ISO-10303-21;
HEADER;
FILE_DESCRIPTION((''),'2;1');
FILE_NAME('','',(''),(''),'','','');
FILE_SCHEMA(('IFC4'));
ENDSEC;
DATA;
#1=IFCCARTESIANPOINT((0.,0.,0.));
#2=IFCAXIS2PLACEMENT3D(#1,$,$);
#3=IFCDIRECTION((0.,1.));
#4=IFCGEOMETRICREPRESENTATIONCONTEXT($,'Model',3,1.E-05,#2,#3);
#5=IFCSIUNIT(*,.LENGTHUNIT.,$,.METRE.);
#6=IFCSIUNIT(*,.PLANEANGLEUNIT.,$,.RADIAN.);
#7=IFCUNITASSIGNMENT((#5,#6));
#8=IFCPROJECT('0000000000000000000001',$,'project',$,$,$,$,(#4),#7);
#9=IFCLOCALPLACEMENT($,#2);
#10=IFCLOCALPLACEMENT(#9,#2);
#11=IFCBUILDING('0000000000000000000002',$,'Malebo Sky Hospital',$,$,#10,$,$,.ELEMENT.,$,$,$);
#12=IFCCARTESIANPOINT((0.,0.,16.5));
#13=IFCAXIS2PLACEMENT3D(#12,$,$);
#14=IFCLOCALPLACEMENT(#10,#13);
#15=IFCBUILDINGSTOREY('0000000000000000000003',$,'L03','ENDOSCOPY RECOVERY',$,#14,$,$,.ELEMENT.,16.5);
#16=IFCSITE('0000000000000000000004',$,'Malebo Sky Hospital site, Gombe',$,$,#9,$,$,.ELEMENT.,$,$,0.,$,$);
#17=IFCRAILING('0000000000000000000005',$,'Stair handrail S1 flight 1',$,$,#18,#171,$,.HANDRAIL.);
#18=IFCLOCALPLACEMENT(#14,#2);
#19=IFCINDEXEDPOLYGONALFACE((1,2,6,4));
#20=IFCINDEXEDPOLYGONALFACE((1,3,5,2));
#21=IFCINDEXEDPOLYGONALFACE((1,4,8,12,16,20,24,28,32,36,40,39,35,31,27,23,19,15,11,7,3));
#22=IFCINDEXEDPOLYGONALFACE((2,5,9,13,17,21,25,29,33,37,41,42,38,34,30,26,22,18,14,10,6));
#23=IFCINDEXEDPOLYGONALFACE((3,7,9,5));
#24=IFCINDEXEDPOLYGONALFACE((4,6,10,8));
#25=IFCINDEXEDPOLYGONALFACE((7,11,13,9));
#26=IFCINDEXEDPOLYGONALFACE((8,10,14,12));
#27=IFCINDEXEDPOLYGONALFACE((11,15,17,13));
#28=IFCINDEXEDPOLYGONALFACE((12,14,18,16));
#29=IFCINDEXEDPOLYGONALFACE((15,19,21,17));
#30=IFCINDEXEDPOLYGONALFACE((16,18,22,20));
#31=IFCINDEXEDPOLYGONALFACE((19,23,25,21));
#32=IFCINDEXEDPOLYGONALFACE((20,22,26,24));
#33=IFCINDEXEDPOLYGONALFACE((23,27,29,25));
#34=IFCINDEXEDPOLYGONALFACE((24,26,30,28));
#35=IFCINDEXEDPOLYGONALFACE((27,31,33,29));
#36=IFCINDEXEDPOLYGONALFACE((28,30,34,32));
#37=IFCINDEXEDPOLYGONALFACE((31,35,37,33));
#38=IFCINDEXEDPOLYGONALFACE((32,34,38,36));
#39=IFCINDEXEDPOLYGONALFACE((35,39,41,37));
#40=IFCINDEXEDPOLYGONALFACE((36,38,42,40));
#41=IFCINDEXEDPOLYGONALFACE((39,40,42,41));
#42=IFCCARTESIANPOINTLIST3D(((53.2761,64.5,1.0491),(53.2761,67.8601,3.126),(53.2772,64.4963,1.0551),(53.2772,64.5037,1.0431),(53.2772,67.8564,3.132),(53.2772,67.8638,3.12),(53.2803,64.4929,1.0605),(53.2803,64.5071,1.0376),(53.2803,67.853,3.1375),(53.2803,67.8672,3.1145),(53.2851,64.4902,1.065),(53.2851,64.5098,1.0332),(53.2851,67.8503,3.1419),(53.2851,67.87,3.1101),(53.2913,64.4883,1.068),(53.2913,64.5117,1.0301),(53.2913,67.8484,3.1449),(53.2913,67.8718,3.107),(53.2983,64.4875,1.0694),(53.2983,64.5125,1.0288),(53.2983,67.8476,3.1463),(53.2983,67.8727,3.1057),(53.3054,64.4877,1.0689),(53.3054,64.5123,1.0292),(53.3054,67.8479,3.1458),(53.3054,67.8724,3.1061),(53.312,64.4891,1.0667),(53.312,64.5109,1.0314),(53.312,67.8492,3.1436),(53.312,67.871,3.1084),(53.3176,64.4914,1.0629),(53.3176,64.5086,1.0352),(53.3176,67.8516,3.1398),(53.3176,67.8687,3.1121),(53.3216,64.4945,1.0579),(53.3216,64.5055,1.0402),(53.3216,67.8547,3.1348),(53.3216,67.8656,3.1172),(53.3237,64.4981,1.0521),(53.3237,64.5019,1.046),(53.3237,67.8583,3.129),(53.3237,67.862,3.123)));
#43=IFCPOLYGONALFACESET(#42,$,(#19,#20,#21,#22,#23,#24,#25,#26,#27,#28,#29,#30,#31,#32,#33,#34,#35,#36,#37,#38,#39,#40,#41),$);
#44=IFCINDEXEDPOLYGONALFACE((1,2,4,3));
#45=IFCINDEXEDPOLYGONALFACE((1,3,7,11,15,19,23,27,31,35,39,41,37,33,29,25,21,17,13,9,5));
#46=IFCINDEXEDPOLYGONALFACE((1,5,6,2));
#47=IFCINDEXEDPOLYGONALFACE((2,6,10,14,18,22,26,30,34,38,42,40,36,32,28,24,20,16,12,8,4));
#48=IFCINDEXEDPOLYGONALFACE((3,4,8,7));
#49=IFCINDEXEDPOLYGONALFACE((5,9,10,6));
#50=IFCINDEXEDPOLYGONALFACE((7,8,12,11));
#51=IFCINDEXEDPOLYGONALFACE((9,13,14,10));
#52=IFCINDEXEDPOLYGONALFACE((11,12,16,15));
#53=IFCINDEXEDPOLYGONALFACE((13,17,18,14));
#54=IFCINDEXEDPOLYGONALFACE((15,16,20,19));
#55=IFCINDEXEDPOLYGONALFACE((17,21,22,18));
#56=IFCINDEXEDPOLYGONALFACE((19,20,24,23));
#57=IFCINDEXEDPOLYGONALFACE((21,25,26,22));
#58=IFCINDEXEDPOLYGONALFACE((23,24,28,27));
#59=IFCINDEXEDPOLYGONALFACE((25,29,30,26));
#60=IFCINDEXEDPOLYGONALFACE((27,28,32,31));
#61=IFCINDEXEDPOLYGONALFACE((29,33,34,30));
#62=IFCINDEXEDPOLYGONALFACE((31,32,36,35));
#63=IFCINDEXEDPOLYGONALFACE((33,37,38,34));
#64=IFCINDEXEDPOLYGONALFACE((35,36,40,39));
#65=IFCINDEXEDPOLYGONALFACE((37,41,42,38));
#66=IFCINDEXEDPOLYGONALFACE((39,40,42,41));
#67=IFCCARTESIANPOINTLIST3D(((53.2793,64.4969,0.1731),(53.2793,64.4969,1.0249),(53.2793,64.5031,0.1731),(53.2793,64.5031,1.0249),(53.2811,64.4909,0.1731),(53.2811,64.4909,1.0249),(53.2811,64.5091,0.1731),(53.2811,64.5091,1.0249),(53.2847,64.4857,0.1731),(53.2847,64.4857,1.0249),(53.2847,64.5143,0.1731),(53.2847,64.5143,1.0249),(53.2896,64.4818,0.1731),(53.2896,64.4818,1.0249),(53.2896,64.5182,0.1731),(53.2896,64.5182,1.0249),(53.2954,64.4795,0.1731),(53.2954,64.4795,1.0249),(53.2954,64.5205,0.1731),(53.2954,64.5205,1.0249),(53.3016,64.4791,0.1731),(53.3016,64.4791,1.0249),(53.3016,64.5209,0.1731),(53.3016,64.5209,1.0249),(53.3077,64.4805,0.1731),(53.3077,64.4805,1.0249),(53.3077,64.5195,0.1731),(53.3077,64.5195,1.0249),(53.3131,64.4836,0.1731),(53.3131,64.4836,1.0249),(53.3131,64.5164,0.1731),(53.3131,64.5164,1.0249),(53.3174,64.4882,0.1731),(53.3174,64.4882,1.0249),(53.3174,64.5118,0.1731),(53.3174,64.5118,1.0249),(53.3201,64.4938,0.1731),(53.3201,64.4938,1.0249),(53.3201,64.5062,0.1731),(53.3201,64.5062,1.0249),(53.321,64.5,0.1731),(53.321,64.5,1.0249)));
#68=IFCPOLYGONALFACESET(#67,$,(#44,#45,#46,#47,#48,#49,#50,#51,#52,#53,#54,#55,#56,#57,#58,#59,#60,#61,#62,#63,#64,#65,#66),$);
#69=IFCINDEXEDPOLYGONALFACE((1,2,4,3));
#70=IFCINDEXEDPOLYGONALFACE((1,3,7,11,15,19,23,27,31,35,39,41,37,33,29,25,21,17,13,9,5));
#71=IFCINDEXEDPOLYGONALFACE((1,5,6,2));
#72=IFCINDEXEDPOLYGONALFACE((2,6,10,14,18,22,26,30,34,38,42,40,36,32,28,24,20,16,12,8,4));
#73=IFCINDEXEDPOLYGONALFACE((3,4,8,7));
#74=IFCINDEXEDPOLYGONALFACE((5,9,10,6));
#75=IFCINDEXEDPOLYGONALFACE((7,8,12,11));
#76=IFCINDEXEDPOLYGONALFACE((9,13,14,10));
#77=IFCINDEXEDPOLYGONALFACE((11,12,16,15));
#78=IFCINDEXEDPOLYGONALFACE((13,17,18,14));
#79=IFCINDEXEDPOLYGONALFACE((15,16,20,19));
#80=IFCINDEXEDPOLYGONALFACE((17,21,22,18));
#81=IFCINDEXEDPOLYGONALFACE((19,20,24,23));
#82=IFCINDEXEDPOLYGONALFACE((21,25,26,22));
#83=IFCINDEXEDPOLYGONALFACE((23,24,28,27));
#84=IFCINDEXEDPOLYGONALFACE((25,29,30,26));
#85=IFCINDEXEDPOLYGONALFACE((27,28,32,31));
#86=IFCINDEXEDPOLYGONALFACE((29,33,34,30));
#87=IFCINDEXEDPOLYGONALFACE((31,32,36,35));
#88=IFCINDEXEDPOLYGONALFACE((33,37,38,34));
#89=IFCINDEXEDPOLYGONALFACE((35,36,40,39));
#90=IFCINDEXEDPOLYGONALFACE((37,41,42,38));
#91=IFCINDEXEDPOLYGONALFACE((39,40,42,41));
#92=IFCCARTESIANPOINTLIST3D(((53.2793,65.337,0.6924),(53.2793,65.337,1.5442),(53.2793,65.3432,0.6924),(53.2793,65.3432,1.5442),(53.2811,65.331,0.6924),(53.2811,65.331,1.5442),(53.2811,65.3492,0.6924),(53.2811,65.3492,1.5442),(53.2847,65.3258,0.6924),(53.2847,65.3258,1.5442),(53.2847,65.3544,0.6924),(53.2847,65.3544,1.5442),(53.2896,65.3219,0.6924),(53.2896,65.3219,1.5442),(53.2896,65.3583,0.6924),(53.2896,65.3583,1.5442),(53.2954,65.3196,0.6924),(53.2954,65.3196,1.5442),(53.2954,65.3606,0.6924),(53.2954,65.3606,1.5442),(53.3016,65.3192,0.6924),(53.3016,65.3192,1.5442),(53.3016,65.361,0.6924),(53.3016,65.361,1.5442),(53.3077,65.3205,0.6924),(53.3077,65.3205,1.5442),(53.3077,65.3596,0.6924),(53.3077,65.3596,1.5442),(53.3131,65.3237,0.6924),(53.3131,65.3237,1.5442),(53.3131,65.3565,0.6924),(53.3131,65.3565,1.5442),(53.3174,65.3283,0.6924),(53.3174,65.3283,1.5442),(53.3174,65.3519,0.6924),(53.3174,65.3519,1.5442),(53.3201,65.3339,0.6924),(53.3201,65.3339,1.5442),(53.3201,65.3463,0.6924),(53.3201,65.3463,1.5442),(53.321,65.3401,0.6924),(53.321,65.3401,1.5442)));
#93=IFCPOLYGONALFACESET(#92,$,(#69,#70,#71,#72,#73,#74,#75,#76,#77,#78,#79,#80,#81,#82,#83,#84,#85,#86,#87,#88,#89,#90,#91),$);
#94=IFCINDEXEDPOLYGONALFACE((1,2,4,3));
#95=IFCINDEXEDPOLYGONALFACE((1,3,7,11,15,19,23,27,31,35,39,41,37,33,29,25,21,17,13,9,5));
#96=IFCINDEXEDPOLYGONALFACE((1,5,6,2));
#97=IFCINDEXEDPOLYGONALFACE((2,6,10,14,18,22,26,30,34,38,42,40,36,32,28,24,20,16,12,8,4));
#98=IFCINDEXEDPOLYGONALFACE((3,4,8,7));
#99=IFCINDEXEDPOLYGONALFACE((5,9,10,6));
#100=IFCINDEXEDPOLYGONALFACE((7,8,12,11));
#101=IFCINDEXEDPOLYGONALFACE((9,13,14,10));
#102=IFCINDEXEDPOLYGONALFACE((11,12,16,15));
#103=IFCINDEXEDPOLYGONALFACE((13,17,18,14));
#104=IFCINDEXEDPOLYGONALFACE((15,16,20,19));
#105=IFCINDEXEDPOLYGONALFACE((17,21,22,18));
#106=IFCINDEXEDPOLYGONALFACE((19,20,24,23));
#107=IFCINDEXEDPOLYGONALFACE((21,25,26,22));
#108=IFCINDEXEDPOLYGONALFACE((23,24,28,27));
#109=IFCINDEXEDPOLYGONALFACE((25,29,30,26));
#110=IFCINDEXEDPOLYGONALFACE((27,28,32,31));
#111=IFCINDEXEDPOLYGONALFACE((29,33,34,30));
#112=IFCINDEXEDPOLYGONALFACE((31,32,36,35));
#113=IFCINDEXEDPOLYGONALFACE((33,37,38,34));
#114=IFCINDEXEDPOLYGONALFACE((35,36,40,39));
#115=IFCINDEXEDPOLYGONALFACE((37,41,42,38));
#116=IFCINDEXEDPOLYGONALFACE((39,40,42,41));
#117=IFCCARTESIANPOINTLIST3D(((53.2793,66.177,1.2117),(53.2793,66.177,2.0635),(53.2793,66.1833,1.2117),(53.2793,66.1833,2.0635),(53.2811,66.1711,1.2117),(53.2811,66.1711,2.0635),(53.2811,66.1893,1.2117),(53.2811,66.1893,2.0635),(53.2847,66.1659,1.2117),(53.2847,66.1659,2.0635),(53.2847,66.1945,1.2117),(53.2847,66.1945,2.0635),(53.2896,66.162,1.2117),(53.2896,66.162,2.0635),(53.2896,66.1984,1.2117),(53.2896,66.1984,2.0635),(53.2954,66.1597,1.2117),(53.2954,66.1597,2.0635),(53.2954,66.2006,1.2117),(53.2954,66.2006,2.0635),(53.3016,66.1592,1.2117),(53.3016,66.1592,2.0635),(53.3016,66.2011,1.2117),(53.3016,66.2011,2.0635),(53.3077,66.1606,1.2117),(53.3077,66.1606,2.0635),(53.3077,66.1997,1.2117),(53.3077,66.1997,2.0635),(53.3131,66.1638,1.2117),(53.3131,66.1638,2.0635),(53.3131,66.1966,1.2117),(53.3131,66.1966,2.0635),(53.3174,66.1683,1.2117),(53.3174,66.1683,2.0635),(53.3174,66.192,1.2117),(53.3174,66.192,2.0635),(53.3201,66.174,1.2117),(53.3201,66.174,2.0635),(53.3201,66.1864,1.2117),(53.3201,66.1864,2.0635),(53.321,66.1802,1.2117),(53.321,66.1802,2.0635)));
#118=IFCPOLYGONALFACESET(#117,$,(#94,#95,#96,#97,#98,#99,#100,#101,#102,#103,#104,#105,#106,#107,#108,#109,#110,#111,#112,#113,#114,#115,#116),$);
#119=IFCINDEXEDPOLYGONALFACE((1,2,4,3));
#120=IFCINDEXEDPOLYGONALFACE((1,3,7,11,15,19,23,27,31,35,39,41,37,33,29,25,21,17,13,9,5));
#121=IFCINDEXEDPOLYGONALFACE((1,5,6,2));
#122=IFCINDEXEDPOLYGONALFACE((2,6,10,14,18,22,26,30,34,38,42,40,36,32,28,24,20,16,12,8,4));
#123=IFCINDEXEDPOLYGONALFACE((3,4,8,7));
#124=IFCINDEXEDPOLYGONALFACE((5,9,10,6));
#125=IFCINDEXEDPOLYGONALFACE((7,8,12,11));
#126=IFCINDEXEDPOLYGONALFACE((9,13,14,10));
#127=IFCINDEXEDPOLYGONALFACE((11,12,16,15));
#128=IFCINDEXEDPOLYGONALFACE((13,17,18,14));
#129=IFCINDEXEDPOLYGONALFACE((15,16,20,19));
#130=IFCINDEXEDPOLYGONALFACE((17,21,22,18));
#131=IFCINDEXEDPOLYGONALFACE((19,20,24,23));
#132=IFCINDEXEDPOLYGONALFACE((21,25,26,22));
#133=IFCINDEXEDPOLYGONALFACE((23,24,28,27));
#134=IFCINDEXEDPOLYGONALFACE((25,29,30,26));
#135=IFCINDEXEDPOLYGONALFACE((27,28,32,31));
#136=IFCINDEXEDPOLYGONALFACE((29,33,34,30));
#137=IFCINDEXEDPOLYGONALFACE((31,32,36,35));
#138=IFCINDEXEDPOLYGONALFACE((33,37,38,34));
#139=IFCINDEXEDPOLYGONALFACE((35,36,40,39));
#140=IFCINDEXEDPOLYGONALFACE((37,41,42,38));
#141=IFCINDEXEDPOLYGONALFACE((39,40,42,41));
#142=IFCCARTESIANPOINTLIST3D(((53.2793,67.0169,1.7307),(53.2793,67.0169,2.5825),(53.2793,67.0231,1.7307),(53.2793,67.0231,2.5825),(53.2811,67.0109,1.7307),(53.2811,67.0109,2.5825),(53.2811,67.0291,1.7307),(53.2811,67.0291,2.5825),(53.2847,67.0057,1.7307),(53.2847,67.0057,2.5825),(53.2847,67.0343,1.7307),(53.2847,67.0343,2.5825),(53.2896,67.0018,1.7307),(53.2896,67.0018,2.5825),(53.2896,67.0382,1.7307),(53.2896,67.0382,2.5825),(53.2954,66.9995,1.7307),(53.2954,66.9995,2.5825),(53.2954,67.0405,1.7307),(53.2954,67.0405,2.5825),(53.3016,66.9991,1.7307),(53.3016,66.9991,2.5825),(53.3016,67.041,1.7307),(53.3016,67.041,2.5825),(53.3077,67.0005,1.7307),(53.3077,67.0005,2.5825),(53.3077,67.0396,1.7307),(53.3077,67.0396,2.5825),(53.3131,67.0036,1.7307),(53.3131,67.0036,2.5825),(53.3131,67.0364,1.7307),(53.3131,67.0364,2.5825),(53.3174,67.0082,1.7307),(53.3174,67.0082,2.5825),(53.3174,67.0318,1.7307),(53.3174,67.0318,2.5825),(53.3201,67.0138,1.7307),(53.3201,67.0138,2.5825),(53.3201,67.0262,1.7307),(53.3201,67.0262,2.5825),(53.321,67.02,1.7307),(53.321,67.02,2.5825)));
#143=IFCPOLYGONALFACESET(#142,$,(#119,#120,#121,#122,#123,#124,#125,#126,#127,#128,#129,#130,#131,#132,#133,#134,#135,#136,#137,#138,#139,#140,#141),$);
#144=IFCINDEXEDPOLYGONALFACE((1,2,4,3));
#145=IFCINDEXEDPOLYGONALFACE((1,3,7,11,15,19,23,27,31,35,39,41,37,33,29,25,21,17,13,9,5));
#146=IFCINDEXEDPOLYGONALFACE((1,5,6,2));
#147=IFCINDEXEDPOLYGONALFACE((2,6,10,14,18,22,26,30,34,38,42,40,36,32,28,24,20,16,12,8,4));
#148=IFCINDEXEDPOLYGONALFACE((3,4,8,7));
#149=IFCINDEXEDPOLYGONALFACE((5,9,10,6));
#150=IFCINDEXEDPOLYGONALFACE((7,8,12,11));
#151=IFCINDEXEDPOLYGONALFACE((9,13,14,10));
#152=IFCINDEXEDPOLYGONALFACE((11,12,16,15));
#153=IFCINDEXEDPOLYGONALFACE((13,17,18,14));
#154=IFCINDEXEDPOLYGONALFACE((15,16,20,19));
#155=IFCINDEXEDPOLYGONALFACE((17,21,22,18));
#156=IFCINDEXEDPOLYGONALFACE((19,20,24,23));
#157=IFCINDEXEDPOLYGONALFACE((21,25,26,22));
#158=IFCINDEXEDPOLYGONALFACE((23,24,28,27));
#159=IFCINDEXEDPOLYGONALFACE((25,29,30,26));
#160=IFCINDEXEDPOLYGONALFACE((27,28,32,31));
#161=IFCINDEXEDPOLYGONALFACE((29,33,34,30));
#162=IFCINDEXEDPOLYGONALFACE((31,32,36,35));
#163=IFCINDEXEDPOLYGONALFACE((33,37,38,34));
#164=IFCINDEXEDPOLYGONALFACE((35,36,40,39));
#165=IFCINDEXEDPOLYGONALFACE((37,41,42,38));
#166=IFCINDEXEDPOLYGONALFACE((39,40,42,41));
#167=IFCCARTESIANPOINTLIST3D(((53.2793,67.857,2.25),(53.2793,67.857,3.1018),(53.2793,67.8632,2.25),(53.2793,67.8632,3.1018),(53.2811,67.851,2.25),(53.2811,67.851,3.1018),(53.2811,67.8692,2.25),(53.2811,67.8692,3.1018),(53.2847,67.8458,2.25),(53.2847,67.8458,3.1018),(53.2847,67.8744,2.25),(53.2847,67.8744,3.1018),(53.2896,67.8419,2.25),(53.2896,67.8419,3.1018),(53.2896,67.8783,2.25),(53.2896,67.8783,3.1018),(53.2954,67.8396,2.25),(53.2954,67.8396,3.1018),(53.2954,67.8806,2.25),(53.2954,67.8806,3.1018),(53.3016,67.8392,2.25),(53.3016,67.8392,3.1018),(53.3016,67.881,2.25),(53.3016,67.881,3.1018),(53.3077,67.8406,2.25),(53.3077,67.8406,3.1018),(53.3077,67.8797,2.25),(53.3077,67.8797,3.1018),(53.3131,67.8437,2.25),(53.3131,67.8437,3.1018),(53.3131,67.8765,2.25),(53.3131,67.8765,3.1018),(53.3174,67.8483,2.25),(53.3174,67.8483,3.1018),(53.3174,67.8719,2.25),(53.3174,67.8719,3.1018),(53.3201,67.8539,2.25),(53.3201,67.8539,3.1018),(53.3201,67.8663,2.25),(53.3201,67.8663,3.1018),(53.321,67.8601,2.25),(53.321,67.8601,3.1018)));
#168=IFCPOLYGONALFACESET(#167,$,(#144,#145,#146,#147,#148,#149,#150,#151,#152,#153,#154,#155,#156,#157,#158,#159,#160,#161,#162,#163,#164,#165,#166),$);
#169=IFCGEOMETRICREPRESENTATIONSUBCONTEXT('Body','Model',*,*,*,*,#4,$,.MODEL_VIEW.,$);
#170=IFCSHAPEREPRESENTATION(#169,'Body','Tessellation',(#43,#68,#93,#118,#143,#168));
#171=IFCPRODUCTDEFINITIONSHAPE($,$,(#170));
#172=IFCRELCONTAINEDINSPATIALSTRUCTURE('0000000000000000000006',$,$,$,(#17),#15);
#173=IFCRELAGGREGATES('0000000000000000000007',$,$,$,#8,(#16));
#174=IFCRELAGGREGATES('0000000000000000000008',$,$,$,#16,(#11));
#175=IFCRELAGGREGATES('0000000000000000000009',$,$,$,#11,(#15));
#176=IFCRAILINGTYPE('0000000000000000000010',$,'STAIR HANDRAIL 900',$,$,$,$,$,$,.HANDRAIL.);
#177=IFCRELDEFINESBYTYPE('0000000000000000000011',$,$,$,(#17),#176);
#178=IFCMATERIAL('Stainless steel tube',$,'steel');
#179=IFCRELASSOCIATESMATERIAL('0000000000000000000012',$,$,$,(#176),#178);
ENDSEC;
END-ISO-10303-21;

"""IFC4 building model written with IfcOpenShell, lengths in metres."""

from ifc_helpers import new_model, si_unit, direction, frame, origin, origin_2d, place, context, subcontext, project, spatial, circle, extrude, material, type_object, element, save


model = new_model("IFC4")

# Units and contexts
model_context = context("Model", 3, precision=1e-05, world=origin(), true_north=direction((0.0, 1.0)))
body_context = subcontext(model_context, "Body", "Model", "MODEL_VIEW")
ifc_project = project(units=[si_unit("LENGTHUNIT", "METRE"), si_unit("PLANEANGLEUNIT", "RADIAN")], contexts=[model_context])

# Site, building, storey
site_placement = place(None, origin())
site = spatial("IfcSite", under=ifc_project, at=site_placement, Name="Malebo Sky Hospital site, Gombe", CompositionType="ELEMENT", RefElevation=0.0)
building_placement = place(site_placement, origin())
building = spatial("IfcBuilding", under=site, at=building_placement, Name="Malebo Sky Hospital", CompositionType="ELEMENT")
storey_placement = place(building_placement, frame((0.0, 0.0, 16.5)))
storey = spatial("IfcBuildingStorey", under=building, at=storey_placement, Name="L03", Description="ENDOSCOPY RECOVERY", CompositionType="ELEMENT", Elevation=16.5)

# Railing
ifc_material_1 = material(Name="Stainless steel tube", Category="steel")
railing_type = type_object("IfcRailingType", Name="STAIR HANDRAIL 900", PredefinedType="HANDRAIL", material=ifc_material_1)
railing_1_placement = place(storey_placement, frame((53.3, 64.5, 0.1731)))
element("IfcRailing", 1, at=railing_1_placement, inside=storey, type_object=railing_type, Name="Stair handrail S1 flight 1", PredefinedType="HANDRAIL", context=body_context, shape_type="SweptSolid", body=[
    extrude(circle(Radius=0.0239, at=origin_2d()), frame((0.0, 0.0, 0.876), z_axis=(0.0, 0.850623, 0.525776), x_axis=(-1.0, 0.0, 0.0)), (0.0, 0.0, 1.0), 3.9502),
    extrude(circle(Radius=0.021, at=origin_2d()), origin(), (0.0, 0.0, 1.0), 0.8518),
    extrude(circle(Radius=0.021, at=origin_2d()), frame((0.0, 0.8401, 0.5193)), (0.0, 0.0, 1.0), 0.8518),
    extrude(circle(Radius=0.021, at=origin_2d()), frame((0.0, 1.6802, 1.0386)), (0.0, 0.0, 1.0), 0.8518),
    extrude(circle(Radius=0.021, at=origin_2d()), frame((0.0, 2.52, 1.5576)), (0.0, 0.0, 1.0), 0.8518),
    extrude(circle(Radius=0.021, at=origin_2d()), frame((0.0, 3.3601, 2.0769)), (0.0, 0.0, 1.0), 0.8518),
])

save(model, "model.ifc")
